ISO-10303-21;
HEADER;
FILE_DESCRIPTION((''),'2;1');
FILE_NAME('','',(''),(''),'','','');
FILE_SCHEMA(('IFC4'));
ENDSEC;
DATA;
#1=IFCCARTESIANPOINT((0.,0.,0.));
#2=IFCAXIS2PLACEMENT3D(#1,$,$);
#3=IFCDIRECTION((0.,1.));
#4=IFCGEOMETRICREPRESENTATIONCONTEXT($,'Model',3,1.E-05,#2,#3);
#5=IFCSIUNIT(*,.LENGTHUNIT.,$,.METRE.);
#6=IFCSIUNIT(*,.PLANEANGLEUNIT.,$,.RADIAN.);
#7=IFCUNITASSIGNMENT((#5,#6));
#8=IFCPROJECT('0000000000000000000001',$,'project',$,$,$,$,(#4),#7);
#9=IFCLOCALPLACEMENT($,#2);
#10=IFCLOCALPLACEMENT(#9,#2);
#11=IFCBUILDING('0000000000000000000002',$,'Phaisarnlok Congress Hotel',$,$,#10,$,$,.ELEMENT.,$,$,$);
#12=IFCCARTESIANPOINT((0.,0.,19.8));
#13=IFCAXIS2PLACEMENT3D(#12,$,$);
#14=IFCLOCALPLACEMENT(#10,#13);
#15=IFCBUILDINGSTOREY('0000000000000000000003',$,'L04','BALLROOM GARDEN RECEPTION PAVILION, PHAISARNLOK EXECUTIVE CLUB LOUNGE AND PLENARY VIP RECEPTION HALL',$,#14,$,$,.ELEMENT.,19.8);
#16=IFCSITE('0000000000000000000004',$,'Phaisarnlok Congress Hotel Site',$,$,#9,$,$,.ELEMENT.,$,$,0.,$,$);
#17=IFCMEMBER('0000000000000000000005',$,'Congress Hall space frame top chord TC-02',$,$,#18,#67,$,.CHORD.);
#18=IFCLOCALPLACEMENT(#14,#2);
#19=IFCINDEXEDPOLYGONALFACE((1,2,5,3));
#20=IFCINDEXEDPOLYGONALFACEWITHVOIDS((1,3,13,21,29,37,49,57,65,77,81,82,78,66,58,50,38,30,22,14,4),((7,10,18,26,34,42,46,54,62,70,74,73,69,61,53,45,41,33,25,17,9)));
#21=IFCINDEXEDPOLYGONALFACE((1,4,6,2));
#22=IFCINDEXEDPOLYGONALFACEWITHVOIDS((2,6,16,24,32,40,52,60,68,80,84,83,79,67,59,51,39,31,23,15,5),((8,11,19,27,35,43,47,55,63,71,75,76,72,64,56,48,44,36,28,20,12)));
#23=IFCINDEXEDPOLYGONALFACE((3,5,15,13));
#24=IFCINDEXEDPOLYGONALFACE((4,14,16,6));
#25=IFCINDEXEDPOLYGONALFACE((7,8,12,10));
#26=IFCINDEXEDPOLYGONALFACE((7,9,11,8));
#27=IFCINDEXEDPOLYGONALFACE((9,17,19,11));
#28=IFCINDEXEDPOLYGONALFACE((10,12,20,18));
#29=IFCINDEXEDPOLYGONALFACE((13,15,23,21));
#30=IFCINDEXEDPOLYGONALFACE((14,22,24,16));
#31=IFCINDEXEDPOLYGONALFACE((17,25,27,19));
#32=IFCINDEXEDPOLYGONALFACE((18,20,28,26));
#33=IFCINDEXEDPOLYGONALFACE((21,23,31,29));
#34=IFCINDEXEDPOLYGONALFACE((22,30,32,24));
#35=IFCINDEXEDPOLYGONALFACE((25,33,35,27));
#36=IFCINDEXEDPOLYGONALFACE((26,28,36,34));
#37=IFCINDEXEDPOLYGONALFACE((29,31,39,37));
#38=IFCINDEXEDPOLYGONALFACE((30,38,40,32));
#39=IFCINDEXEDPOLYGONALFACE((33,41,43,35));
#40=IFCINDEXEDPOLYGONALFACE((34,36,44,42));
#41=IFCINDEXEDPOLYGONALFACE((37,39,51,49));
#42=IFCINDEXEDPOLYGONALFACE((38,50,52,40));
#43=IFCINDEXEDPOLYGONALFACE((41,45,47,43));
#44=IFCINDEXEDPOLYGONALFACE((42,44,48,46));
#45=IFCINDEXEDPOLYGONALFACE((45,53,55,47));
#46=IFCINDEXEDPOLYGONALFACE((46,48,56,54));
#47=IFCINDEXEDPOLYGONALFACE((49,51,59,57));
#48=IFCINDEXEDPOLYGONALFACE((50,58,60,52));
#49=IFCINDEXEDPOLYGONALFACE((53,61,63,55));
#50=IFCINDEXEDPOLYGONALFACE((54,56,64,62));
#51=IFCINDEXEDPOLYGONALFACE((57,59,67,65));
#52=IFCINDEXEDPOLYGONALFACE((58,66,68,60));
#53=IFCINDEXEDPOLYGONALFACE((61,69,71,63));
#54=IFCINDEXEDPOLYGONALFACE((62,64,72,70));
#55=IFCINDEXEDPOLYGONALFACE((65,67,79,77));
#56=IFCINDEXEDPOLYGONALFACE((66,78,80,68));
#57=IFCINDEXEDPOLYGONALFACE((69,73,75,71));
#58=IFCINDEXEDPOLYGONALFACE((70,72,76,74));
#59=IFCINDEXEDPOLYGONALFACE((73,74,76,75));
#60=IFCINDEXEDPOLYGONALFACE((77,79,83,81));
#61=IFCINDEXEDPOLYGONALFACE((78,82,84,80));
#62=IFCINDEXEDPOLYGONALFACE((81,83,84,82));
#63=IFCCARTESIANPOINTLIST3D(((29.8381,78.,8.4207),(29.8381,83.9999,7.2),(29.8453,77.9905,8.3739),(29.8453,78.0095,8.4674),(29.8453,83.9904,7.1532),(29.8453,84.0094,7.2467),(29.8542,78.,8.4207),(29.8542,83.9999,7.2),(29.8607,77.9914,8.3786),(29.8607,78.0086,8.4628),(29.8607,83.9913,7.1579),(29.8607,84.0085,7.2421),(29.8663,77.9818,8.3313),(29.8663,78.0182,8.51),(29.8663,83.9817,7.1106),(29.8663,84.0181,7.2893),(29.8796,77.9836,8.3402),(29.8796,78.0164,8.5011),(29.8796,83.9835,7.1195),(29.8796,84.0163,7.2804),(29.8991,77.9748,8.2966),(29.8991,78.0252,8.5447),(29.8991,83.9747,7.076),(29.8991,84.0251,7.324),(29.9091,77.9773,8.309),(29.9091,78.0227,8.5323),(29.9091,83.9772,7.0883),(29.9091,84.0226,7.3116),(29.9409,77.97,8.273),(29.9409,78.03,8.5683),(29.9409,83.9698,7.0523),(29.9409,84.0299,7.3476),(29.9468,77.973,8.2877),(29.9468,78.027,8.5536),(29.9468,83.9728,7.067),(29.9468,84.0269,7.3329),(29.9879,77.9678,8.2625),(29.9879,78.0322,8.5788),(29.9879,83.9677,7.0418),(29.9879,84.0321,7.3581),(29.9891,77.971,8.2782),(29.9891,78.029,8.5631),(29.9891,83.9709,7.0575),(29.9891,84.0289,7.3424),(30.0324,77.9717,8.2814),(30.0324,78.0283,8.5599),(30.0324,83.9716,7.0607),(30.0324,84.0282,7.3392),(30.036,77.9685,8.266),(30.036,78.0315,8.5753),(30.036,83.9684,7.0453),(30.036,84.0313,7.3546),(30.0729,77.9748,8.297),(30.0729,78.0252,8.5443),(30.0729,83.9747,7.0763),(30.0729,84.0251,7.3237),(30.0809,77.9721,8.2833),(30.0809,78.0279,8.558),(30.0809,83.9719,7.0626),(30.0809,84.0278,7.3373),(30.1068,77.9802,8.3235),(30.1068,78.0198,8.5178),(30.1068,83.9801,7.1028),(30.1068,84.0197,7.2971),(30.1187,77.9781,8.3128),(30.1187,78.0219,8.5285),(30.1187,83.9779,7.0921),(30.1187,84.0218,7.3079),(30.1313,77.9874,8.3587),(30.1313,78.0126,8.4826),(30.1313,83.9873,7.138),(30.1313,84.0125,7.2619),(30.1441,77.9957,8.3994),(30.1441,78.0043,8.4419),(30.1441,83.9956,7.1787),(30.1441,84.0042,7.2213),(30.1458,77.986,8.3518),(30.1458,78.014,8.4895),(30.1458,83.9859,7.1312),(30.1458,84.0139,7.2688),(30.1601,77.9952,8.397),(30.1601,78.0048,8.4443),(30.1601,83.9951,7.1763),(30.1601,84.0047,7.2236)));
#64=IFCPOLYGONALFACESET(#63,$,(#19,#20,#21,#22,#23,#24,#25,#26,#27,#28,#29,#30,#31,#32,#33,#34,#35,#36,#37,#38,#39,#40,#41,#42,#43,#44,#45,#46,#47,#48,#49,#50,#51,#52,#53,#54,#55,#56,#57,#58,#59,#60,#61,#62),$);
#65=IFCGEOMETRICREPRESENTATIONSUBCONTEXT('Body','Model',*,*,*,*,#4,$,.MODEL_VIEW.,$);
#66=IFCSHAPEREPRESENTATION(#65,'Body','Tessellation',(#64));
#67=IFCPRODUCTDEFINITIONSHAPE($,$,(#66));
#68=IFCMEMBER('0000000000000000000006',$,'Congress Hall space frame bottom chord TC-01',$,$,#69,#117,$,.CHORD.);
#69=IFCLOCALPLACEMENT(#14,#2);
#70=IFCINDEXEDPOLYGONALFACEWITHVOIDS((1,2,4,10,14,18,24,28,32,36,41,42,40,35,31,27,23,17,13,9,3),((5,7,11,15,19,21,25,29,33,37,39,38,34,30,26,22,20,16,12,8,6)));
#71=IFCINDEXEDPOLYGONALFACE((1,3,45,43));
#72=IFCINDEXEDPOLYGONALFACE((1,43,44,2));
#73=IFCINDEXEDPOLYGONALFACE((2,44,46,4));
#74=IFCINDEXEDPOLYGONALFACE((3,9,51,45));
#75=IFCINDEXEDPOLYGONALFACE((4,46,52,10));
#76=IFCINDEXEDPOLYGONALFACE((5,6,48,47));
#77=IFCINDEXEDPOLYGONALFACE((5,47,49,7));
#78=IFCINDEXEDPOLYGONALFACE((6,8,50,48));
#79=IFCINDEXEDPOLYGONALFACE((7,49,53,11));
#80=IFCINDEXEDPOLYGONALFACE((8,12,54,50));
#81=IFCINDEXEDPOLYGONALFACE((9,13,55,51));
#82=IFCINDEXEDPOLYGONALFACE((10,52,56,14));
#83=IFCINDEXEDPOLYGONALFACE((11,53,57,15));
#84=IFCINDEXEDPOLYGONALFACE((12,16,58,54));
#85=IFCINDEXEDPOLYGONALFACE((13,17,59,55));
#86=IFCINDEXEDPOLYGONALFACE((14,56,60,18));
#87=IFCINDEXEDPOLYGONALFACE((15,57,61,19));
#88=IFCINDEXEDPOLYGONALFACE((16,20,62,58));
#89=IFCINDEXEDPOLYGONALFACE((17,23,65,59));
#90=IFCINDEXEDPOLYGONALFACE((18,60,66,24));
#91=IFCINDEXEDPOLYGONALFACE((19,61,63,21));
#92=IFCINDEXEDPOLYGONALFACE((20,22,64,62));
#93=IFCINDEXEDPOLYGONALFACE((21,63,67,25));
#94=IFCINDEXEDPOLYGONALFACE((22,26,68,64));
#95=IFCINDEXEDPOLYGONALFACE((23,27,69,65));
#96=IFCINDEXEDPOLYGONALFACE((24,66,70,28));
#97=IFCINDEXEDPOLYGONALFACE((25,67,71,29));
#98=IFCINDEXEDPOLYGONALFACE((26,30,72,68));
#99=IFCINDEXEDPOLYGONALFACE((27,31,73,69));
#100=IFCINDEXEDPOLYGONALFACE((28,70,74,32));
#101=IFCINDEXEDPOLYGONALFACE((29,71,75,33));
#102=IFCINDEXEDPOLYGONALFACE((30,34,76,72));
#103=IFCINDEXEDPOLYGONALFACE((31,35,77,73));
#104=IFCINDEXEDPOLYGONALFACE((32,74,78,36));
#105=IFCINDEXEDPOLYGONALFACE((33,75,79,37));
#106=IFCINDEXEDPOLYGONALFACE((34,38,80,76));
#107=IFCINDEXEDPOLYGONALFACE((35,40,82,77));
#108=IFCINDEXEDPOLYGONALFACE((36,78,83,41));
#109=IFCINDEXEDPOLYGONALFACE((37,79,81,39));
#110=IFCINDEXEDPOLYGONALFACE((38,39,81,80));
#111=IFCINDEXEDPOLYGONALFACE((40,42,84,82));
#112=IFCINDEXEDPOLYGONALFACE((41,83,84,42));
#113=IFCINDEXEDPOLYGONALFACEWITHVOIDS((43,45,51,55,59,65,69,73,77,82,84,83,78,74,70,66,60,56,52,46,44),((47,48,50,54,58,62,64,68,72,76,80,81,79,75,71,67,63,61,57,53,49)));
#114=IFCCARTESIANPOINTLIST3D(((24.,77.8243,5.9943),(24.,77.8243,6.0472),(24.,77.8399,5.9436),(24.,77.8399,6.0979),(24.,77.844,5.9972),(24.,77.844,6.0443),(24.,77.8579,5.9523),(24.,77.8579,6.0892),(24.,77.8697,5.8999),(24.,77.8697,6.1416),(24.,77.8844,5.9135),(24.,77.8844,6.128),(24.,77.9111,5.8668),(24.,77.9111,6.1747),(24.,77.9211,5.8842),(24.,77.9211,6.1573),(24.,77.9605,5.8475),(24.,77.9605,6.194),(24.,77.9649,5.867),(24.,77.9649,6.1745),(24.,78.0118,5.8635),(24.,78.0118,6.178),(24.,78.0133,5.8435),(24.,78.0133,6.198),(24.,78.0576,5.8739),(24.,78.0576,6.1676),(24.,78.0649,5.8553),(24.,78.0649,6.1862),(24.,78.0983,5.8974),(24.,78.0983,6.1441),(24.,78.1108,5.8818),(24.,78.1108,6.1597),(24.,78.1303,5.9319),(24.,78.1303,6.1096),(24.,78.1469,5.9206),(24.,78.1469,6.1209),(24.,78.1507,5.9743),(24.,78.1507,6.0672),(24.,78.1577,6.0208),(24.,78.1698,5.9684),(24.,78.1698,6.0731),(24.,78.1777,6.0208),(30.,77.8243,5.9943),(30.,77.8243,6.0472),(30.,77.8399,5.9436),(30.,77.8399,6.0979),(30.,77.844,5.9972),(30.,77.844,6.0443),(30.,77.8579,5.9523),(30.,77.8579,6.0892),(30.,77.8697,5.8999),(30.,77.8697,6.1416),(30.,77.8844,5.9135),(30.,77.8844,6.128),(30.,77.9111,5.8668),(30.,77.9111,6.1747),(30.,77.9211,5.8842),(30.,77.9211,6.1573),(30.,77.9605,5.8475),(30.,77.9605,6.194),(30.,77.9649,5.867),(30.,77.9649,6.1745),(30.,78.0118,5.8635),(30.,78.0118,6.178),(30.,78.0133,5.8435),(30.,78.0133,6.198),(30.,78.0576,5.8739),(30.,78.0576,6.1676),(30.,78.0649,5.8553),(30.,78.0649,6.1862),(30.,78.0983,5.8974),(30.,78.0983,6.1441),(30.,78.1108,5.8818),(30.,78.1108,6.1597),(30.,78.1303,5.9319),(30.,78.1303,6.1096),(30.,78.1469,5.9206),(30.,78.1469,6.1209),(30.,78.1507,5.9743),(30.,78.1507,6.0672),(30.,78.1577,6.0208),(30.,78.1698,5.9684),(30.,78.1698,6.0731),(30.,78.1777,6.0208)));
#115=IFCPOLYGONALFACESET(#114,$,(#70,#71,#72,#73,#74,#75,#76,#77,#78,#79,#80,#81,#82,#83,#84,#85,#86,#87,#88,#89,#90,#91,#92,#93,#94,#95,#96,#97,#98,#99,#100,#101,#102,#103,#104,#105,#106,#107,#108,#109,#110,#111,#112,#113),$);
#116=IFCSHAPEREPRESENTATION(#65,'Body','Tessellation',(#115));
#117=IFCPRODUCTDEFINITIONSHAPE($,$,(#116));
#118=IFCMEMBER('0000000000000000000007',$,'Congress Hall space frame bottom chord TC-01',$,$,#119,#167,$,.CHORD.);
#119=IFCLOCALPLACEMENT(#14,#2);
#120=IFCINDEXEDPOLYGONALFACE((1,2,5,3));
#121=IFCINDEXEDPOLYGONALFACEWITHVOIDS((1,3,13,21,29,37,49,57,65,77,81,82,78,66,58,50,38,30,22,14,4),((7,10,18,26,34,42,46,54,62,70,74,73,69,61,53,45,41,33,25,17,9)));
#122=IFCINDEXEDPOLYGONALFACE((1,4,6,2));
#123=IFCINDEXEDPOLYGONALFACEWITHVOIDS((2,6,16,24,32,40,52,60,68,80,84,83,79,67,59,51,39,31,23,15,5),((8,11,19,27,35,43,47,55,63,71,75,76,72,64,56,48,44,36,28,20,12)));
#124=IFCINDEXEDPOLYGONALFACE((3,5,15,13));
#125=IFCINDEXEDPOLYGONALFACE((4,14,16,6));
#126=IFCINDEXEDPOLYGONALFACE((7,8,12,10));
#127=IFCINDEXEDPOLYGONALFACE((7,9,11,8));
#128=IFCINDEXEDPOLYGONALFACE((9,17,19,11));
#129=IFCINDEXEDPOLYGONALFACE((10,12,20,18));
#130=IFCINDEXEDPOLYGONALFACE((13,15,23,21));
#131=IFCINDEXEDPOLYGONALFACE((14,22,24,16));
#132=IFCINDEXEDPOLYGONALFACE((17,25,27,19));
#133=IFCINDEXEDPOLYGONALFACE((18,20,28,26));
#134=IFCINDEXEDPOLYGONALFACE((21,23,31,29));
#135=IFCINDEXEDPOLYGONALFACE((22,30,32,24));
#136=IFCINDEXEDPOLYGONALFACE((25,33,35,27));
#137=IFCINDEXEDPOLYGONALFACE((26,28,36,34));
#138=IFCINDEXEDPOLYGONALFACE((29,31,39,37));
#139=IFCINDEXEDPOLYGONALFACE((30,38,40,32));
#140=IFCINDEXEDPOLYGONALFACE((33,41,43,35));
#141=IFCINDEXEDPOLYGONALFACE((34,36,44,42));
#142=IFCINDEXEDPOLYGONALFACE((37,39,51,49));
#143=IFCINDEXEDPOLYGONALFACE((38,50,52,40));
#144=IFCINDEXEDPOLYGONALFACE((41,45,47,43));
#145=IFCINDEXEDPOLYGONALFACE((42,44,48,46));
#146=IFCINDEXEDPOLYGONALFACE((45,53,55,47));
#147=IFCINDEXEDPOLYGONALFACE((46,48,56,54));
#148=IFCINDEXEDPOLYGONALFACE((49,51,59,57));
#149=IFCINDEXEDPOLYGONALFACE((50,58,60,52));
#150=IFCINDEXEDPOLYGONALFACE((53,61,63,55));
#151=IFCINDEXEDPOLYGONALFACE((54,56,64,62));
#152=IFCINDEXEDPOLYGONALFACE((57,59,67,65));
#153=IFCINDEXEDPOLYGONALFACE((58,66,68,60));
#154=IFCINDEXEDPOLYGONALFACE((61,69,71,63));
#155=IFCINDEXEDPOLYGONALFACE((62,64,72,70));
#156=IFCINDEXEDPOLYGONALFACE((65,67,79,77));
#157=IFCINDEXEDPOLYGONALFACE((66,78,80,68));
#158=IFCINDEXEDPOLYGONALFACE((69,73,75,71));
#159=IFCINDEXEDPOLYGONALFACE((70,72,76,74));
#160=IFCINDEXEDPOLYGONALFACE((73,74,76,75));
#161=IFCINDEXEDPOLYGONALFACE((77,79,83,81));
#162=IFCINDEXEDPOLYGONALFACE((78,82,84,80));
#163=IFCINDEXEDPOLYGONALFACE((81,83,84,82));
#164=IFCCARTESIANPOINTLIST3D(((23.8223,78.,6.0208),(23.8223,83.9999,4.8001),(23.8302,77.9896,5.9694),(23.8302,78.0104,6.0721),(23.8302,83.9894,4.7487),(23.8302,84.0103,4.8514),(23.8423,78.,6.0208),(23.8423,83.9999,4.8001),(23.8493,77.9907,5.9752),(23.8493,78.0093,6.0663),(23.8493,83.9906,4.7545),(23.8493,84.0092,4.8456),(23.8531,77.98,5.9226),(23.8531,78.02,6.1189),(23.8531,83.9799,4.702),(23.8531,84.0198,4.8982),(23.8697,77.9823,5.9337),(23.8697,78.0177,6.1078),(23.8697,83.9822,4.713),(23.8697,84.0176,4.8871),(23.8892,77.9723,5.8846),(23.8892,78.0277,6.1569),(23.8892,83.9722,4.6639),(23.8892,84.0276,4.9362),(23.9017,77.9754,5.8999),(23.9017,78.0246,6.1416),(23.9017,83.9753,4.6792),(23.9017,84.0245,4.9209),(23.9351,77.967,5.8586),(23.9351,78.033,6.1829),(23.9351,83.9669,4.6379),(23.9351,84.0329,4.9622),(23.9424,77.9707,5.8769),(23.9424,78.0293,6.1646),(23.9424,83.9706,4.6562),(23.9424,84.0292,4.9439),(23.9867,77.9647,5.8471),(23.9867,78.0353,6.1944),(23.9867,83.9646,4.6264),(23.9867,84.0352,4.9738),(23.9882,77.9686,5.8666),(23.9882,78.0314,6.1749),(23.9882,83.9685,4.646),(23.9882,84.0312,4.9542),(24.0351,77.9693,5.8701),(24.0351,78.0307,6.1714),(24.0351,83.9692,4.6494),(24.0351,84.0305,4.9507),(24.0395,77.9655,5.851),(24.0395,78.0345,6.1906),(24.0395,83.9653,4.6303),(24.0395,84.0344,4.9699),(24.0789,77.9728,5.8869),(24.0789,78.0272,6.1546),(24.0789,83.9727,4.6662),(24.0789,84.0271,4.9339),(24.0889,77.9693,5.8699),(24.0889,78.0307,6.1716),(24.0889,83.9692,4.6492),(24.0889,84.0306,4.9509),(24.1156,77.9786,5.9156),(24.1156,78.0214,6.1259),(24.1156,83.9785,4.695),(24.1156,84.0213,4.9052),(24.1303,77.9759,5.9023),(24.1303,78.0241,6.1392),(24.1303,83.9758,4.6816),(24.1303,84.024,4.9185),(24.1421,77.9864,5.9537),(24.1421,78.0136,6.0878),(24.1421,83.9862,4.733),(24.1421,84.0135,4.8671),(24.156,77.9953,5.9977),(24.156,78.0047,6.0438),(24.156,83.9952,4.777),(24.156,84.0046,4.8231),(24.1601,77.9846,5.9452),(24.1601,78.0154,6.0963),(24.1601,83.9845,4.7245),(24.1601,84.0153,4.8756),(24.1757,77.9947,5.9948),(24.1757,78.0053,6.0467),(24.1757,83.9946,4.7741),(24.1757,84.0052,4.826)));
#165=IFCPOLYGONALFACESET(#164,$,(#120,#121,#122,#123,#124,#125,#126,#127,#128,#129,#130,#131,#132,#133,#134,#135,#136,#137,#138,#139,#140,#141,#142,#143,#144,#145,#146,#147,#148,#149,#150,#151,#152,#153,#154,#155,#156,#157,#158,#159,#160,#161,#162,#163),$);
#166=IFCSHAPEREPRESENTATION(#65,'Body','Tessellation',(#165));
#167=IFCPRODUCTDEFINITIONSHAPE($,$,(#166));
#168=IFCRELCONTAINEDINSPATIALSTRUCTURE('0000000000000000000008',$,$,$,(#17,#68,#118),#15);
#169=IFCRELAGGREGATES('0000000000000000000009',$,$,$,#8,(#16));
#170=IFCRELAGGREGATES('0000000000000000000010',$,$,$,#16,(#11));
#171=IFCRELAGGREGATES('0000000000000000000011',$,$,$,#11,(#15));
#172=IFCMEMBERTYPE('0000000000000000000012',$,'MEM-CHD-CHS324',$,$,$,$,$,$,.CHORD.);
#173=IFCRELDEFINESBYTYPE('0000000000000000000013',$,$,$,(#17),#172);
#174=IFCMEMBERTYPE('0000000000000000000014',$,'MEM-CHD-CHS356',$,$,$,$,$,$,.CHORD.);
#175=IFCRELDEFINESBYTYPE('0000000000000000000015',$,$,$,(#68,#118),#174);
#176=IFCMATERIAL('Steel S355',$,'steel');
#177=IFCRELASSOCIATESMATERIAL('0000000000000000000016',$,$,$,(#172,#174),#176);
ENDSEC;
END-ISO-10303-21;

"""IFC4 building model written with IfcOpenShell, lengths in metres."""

from ifc_helpers import new_model, si_unit, direction, frame, origin, origin_2d, place, context, subcontext, project, spatial, hollow_circle, extrude, material, material_profile, profile_set, type_object, element, save


model = new_model("IFC4")

# Units and contexts
model_context = context("Model", 3, precision=1e-05, world=origin(), true_north=direction((0.0, 1.0)))
body_context = subcontext(model_context, "Body", "Model", "MODEL_VIEW")
ifc_project = project(units=[si_unit("LENGTHUNIT", "METRE"), si_unit("PLANEANGLEUNIT", "RADIAN")], contexts=[model_context])

# Site, building, storey
site_placement = place(None, origin())
site = spatial("IfcSite", under=ifc_project, at=site_placement, Name="Phaisarnlok Congress Hotel Site", CompositionType="ELEMENT", RefElevation=0.0)
building_placement = place(site_placement, origin())
building = spatial("IfcBuilding", under=site, at=building_placement, Name="Phaisarnlok Congress Hotel", CompositionType="ELEMENT")
storey_placement = place(building_placement, frame((0.0, 0.0, 19.8)))
storey = spatial("IfcBuildingStorey", under=building, at=storey_placement, Name="L04", Description="BALLROOM GARDEN RECEPTION PAVILION, PHAISARNLOK EXECUTIVE CLUB LOUNGE AND PLENARY VIP RECEPTION HALL", CompositionType="ELEMENT", Elevation=19.8)

# Members
ifc_material_1 = material(Name="Steel S355", Category="steel")
ifc_material_profile_1 = material_profile(ifc_material_1, hollow_circle(Radius=0.1619, WallThickness=0.0161, at=origin_2d()), Name="CHS 323.9x16")
ifc_profile_set_1 = profile_set([ifc_material_profile_1], Name="Steel S355")
member_type_1 = type_object("IfcMemberType", Name="MEM-CHD-CHS324", PredefinedType="CHORD", material=ifc_profile_set_1)
member_1_placement = place(storey_placement, frame((30.0, 78.0, 8.4207), z_axis=(0.0, 0.979925, -0.199366), x_axis=(-1.0, 0.0, 0.0)))
element("IfcMember", 1, at=member_1_placement, inside=storey, type_object=member_type_1, Name="Congress Hall space frame top chord TC-02", PredefinedType="CHORD", context=body_context, shape_type="SweptSolid", body=[
    extrude(hollow_circle(Radius=0.1619, WallThickness=0.0161, at=origin_2d()), origin(), (0.0, 0.0, 1.0), 6.1228),
])
ifc_material_profile_2 = material_profile(ifc_material_1, hollow_circle(Radius=0.1777, WallThickness=0.02, at=origin_2d()), Name="CHS 355.6x20")
ifc_profile_set_2 = profile_set([ifc_material_profile_2], Name="Steel S355")
member_type_2 = type_object("IfcMemberType", Name="MEM-CHD-CHS356", PredefinedType="CHORD", material=ifc_profile_set_2)
member_2_placement = place(storey_placement, frame((24.0, 78.0, 6.0208), z_axis=(1.0, 0.0, 0.0), x_axis=(0.0, 1.0, 0.0)))
element("IfcMember", 2, at=member_2_placement, inside=storey, type_object=member_type_2, Name="Congress Hall space frame bottom chord TC-01", PredefinedType="CHORD", context=body_context, shape_type="SweptSolid", body=[
    extrude(hollow_circle(Radius=0.1777, WallThickness=0.02, at=origin_2d()), origin(), (0.0, 0.0, 1.0), 6.0),
])
member_3_placement = place(storey_placement, frame((24.0, 78.0, 6.0208), z_axis=(0.0, 0.979925, -0.199366), x_axis=(-1.0, 0.0, 0.0)))
element("IfcMember", 3, at=member_3_placement, inside=storey, type_object=member_type_2, Name="Congress Hall space frame bottom chord TC-01", PredefinedType="CHORD", context=body_context, shape_type="SweptSolid", body=[
    extrude(hollow_circle(Radius=0.1777, WallThickness=0.02, at=origin_2d()), origin(), (0.0, 0.0, 1.0), 6.1228),
])

save(model, "model.ifc")
